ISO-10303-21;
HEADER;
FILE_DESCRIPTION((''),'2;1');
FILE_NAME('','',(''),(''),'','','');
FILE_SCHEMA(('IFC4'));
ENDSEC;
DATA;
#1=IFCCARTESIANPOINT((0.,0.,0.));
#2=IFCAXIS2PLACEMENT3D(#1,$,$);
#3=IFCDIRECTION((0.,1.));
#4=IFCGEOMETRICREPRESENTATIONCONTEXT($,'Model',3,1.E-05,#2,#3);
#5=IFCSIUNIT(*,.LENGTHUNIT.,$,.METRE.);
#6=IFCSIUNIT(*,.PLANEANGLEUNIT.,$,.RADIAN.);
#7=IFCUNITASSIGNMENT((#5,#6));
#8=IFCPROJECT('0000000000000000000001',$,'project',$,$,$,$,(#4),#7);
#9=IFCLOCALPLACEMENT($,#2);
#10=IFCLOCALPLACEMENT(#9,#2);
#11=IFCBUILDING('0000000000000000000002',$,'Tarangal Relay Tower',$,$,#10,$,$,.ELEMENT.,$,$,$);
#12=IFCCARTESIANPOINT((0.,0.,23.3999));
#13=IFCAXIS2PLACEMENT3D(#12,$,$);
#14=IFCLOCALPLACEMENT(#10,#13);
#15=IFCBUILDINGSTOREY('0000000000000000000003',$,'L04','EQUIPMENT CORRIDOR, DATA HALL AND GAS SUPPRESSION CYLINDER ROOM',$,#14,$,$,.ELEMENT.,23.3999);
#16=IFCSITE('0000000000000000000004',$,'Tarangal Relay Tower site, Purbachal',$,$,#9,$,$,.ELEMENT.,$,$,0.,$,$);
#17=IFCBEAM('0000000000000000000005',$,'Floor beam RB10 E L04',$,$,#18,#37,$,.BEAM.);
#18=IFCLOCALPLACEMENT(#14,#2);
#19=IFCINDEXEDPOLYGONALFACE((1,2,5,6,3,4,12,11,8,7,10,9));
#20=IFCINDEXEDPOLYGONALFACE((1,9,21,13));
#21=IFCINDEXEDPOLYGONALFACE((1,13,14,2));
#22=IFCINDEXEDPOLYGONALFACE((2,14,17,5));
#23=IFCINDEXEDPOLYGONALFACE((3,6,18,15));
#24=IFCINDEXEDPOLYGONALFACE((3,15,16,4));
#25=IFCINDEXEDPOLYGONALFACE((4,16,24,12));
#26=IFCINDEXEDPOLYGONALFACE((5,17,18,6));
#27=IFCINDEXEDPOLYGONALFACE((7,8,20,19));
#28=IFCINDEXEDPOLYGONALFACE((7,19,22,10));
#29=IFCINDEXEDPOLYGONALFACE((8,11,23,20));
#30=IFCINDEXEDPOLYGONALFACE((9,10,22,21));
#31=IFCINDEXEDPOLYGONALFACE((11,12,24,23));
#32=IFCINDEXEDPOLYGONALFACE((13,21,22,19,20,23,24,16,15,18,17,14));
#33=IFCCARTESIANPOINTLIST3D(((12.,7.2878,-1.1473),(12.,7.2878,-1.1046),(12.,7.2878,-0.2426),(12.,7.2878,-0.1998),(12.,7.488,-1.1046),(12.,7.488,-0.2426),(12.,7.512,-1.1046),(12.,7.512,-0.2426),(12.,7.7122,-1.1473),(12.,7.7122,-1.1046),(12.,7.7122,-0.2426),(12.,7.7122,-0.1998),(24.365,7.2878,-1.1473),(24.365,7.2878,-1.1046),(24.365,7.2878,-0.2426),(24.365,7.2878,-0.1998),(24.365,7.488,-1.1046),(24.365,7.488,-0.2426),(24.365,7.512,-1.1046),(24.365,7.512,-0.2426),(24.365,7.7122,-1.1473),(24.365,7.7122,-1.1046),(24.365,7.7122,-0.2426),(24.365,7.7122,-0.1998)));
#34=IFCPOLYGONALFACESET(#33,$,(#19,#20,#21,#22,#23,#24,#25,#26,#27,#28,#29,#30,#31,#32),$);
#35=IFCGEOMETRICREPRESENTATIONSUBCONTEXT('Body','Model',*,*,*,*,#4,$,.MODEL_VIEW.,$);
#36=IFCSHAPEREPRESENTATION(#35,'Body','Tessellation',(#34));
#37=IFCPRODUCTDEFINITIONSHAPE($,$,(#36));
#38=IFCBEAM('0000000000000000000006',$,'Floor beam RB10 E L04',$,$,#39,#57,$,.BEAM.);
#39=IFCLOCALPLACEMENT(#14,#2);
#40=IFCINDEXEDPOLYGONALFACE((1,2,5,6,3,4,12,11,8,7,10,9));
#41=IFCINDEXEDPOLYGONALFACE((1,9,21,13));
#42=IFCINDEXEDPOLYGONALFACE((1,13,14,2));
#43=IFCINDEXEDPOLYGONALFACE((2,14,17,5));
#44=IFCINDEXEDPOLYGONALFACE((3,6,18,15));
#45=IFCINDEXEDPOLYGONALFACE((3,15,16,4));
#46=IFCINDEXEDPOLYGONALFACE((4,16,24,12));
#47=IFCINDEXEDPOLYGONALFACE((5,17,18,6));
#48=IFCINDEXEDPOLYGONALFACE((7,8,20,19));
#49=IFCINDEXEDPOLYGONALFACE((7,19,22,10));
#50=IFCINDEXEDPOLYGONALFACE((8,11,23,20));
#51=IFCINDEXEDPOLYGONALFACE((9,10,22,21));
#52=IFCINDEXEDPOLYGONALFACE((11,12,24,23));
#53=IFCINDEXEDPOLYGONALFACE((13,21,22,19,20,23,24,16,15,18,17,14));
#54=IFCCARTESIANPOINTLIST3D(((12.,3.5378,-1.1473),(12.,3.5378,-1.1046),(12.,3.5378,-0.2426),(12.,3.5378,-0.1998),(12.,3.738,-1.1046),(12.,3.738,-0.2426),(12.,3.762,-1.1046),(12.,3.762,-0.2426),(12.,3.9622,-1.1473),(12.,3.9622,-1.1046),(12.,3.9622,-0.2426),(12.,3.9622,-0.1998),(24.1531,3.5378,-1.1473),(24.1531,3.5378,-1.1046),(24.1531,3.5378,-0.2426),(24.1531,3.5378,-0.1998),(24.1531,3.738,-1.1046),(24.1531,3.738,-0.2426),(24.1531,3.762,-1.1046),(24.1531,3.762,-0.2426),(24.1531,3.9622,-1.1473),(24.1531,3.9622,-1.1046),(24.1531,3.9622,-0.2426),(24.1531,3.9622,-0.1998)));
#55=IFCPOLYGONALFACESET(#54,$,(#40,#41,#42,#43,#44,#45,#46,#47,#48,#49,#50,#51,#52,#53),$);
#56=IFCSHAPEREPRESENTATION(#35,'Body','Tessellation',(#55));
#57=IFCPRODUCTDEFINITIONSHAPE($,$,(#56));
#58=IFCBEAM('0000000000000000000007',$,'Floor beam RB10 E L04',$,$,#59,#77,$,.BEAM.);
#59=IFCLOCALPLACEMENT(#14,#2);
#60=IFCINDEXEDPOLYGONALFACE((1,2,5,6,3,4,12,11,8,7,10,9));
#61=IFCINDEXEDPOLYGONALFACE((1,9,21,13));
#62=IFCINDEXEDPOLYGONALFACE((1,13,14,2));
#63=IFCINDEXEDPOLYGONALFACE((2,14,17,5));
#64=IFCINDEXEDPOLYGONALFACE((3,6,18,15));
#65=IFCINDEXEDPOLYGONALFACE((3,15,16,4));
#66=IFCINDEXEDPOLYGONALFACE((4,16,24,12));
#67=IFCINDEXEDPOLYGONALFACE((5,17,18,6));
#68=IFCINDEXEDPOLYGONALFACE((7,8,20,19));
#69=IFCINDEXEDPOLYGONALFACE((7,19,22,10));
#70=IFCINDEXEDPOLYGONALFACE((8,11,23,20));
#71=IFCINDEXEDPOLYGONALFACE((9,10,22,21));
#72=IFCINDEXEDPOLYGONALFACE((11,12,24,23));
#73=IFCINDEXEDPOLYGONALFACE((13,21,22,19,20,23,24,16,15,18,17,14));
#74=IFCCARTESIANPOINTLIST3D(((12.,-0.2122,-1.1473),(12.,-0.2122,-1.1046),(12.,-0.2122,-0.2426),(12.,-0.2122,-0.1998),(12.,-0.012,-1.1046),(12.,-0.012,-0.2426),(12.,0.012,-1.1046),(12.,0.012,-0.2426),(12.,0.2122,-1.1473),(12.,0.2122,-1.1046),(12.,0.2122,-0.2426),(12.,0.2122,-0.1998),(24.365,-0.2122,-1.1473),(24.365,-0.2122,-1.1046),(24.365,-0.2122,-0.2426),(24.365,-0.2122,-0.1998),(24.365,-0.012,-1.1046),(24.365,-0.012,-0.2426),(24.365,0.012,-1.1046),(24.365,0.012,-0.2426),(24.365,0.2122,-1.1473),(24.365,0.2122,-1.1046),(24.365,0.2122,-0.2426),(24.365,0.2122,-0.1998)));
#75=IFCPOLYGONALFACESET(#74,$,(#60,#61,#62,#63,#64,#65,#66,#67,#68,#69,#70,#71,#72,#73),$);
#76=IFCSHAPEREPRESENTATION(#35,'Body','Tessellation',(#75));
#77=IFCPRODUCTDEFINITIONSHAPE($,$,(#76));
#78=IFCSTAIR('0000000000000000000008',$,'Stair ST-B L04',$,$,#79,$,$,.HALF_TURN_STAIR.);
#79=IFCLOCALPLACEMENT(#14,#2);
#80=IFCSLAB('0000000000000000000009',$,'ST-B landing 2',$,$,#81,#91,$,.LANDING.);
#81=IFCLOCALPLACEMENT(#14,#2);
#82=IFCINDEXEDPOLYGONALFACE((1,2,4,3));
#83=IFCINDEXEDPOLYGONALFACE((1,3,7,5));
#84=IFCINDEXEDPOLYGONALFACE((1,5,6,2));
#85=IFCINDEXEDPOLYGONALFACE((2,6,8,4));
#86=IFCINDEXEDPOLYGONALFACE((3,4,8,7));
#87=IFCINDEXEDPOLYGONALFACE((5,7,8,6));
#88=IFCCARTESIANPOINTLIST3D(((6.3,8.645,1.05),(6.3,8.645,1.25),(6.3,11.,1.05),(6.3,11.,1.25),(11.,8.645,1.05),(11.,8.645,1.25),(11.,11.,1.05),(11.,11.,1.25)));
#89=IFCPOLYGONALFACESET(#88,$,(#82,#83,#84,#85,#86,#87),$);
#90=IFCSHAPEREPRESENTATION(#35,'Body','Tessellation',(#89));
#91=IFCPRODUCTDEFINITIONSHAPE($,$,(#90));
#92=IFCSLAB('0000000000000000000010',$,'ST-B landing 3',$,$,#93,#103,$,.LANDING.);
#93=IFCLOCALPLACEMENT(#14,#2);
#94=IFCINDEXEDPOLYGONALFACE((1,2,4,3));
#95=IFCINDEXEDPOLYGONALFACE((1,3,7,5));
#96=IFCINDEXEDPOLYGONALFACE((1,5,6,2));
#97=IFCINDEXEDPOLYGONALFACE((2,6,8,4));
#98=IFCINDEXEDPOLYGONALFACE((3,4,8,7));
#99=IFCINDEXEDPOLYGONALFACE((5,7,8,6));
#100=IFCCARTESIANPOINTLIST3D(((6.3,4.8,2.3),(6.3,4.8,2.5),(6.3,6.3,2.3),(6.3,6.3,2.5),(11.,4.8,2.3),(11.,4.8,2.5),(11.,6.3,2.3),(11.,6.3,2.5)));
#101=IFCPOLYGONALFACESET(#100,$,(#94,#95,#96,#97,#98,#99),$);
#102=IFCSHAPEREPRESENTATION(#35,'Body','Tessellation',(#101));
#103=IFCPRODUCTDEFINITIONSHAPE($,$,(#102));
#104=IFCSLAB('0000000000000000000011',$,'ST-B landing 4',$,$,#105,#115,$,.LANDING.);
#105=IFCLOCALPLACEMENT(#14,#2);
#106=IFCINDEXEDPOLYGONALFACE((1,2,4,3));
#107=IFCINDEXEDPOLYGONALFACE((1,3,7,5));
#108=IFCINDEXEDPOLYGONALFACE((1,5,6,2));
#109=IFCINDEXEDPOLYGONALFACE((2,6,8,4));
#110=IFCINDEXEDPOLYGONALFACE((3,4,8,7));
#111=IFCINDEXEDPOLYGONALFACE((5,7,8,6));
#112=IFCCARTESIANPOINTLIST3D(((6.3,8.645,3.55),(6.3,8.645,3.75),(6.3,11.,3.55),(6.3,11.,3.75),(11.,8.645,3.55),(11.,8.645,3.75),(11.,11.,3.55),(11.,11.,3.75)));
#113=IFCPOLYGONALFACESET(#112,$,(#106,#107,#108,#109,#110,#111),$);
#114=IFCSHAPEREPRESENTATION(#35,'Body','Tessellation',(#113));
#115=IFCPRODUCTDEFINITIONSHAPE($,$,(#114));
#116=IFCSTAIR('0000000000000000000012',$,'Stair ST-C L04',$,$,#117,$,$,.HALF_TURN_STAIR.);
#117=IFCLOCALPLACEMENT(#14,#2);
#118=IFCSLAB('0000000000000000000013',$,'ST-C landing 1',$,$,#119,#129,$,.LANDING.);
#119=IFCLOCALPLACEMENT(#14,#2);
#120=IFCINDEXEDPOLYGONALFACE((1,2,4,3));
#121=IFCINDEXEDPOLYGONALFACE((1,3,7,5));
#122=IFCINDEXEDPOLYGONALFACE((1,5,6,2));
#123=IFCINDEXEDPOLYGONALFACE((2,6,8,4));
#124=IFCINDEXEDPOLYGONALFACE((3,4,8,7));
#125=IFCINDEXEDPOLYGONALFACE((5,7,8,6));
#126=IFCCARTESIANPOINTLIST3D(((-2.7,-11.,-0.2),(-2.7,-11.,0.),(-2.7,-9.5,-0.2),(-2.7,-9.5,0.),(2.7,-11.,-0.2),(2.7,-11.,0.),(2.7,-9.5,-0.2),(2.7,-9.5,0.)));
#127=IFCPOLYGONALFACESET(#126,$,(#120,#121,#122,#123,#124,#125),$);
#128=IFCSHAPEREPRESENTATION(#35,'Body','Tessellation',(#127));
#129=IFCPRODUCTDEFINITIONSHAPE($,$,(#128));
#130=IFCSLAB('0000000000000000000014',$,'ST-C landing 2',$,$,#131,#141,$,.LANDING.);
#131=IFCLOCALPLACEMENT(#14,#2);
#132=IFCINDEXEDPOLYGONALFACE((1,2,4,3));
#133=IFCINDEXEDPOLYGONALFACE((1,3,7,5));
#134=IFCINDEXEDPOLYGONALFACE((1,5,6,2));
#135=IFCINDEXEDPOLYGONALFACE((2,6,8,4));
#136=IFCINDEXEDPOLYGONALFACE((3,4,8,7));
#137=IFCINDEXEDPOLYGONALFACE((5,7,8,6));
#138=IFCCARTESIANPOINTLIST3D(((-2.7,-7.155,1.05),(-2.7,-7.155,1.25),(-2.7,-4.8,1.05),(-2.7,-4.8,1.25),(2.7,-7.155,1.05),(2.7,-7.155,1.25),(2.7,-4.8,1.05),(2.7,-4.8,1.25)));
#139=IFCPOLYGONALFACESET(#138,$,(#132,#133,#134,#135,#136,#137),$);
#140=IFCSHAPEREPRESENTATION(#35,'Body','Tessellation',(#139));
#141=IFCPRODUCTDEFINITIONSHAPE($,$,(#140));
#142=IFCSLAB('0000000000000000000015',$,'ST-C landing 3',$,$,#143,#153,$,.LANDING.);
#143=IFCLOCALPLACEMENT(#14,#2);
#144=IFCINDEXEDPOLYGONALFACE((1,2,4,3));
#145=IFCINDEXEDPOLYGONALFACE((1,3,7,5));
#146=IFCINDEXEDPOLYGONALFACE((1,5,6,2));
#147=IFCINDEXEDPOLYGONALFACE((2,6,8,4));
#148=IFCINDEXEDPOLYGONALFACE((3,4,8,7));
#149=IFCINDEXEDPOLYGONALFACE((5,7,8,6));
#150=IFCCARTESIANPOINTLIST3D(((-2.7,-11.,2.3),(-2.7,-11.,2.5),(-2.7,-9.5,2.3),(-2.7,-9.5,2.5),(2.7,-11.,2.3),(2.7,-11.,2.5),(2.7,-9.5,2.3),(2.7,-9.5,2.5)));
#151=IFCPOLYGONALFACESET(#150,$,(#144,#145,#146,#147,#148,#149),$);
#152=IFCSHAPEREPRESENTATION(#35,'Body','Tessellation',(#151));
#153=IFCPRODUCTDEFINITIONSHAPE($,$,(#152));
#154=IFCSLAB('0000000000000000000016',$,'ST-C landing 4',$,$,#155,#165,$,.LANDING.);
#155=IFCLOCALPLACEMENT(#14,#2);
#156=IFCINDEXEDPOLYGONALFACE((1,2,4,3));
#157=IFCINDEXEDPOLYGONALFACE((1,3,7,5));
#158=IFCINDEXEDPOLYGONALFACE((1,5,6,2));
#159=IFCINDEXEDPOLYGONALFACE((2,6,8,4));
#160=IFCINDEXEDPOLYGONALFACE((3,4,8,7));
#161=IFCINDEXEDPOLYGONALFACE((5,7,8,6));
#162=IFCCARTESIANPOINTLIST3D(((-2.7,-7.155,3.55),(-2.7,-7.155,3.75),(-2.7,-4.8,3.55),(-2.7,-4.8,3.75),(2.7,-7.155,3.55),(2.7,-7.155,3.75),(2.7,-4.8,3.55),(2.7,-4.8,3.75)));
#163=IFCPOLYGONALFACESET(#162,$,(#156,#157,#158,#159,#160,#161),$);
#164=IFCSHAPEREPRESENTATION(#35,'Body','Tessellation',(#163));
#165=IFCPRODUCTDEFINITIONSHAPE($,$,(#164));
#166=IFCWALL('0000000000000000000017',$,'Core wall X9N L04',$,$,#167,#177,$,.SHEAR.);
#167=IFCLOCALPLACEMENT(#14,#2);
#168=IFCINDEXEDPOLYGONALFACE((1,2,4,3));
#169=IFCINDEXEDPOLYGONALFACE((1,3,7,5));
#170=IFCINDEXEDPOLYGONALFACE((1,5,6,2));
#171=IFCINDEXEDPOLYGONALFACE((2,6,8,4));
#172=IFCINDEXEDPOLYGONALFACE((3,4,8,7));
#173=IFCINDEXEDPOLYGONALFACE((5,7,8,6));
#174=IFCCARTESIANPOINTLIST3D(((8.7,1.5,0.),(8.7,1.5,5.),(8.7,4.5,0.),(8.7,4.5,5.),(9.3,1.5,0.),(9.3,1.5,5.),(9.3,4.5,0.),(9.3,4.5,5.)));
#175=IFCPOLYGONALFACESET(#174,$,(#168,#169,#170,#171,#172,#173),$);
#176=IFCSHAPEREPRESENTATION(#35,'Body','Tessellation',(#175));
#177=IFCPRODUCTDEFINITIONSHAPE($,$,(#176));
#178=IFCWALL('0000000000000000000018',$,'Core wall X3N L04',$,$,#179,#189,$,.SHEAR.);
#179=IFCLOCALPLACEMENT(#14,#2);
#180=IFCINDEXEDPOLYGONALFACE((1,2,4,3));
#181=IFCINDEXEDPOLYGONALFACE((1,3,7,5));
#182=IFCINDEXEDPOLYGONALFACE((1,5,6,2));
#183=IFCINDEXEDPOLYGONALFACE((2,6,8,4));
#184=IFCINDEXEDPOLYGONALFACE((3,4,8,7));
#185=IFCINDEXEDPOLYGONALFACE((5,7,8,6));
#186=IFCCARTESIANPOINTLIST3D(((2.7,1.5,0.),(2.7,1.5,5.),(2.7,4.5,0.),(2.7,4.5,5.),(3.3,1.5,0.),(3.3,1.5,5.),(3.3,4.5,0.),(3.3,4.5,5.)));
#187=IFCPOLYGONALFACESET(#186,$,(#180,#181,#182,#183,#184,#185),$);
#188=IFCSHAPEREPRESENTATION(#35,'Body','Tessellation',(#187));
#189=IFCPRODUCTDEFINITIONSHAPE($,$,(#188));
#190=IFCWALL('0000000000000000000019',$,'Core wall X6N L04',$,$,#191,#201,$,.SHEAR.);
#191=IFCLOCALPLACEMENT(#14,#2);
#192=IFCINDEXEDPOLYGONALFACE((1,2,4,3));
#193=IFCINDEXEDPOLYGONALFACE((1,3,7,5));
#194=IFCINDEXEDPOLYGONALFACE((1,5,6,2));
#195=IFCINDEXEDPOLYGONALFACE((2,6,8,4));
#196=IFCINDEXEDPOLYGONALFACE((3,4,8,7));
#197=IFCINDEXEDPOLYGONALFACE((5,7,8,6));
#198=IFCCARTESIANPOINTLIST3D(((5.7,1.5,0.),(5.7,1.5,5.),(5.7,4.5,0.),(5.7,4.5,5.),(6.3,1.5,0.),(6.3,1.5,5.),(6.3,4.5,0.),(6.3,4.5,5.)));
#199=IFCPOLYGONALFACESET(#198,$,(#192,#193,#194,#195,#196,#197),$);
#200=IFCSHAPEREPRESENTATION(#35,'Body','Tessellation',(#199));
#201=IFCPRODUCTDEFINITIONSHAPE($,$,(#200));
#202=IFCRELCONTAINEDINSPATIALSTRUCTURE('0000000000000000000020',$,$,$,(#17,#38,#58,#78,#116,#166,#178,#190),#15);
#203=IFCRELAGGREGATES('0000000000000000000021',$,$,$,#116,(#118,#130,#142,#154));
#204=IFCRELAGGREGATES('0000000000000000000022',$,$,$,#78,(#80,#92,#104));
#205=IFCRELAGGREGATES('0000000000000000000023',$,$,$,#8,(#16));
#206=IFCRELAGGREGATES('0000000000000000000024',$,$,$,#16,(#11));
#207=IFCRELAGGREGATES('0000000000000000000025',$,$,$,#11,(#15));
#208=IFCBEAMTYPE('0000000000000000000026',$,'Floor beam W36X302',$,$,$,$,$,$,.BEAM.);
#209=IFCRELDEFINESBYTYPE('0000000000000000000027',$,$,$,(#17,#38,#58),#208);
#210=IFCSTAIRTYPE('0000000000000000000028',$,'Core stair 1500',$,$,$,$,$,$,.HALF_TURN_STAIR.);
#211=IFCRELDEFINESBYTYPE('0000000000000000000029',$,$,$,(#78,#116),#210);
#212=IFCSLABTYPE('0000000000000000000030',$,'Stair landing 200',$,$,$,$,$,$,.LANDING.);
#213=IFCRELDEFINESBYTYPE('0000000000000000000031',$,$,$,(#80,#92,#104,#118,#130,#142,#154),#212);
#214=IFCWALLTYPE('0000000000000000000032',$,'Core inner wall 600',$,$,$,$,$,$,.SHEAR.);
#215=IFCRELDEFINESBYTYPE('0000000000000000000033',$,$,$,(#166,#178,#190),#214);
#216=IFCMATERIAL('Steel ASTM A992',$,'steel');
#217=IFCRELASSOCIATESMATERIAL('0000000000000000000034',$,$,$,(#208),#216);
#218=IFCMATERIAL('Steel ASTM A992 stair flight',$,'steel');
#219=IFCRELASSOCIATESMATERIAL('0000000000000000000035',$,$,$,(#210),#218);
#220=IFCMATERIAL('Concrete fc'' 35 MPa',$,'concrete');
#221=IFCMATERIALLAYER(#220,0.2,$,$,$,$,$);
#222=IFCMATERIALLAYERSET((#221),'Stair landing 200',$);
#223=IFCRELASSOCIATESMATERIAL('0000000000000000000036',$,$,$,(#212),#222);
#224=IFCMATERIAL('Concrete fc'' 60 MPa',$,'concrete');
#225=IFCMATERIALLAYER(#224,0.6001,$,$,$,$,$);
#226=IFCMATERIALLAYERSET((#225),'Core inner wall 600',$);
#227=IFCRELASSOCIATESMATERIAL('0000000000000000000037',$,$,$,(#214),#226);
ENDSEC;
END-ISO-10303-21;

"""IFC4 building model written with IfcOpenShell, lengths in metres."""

from ifc_helpers import new_model, si_unit, direction, frame, frame_2d, origin, origin_2d, place, context, subcontext, project, spatial, polyline, rectangle, i_section, outline, extrude, material, layer, layer_set, material_profile, profile_set, type_object, element, aggregate, save


model = new_model("IFC4")

# Units and contexts
model_context = context("Model", 3, precision=1e-05, world=origin(), true_north=direction((0.0, 1.0)))
body_context = subcontext(model_context, "Body", "Model", "MODEL_VIEW")
ifc_project = project(units=[si_unit("LENGTHUNIT", "METRE"), si_unit("PLANEANGLEUNIT", "RADIAN")], contexts=[model_context])

# Site, building, storey
site_placement = place(None, origin())
site = spatial("IfcSite", under=ifc_project, at=site_placement, Name="Tarangal Relay Tower site, Purbachal", CompositionType="ELEMENT", RefElevation=0.0)
building_placement = place(site_placement, origin())
building = spatial("IfcBuilding", under=site, at=building_placement, Name="Tarangal Relay Tower", CompositionType="ELEMENT")
storey_placement = place(building_placement, frame((0.0, 0.0, 23.3999)))
storey = spatial("IfcBuildingStorey", under=building, at=storey_placement, Name="L04", Description="EQUIPMENT CORRIDOR, DATA HALL AND GAS SUPPRESSION CYLINDER ROOM", CompositionType="ELEMENT", Elevation=23.3999)

# Beams
ifc_material_1 = material(Name="Steel ASTM A992", Category="steel")
ifc_material_profile = material_profile(ifc_material_1, i_section(OverallWidth=0.4243, OverallDepth=0.9475, WebThickness=0.0239, FlangeThickness=0.0427, at=origin_2d()), Name="W36X302")
ifc_profile_set = profile_set([ifc_material_profile], Name="Steel ASTM A992")
beam_type = type_object("IfcBeamType", Name="Floor beam W36X302", PredefinedType="BEAM", material=ifc_profile_set)
beam_1_placement = place(storey_placement, frame((12.0, 7.5, -0.6736), z_axis=(1.0, 0.0, 0.0), x_axis=(0.0, 1.0, 0.0)))
element("IfcBeam", 1, at=beam_1_placement, inside=storey, type_object=beam_type, Name="Floor beam RB10 E L04", PredefinedType="BEAM", context=body_context, shape_type="SweptSolid", body=[
    extrude(i_section(OverallWidth=0.4243, OverallDepth=0.9475, WebThickness=0.0239, FlangeThickness=0.0427, at=origin_2d()), origin(), (0.0, 0.0, 1.0), 12.365),
])
beam_2_placement = place(storey_placement, frame((12.0, 3.75, -0.6736), z_axis=(1.0, 0.0, 0.0), x_axis=(0.0, 1.0, 0.0)))
element("IfcBeam", 2, at=beam_2_placement, inside=storey, type_object=beam_type, Name="Floor beam RB10 E L04", PredefinedType="BEAM", context=body_context, shape_type="SweptSolid", body=[
    extrude(i_section(OverallWidth=0.4243, OverallDepth=0.9475, WebThickness=0.0239, FlangeThickness=0.0427, at=origin_2d()), origin(), (0.0, 0.0, 1.0), 12.1531),
])
beam_3_placement = place(storey_placement, frame((12.0, 0.0, -0.6736), z_axis=(1.0, 0.0, 0.0), x_axis=(0.0, 1.0, 0.0)))
element("IfcBeam", 3, at=beam_3_placement, inside=storey, type_object=beam_type, Name="Floor beam RB10 E L04", PredefinedType="BEAM", context=body_context, shape_type="SweptSolid", body=[
    extrude(i_section(OverallWidth=0.4243, OverallDepth=0.9475, WebThickness=0.0239, FlangeThickness=0.0427, at=origin_2d()), origin(), (0.0, 0.0, 1.0), 12.365),
])

# Stairs, slabs
ifc_material_2 = material(Name="Steel ASTM A992 stair flight", Category="steel")
stair_type = type_object("IfcStairType", Name="Core stair 1500", PredefinedType="HALF_TURN_STAIR", material=ifc_material_2)
stair_1_placement = place(storey_placement, origin())
stair_1 = element("IfcStair", 4, at=stair_1_placement, inside=storey, type_object=stair_type, Name="Stair ST-B L04", PredefinedType="HALF_TURN_STAIR")
ifc_material_3 = material(Name="Concrete fc' 35 MPa", Category="concrete")
ifc_layer_1 = layer(ifc_material_3, 0.2)
ifc_layer_set_1 = layer_set([ifc_layer_1], Name="Stair landing 200")
slab_type = type_object("IfcSlabType", Name="Stair landing 200", PredefinedType="LANDING", material=ifc_layer_set_1)
slab_1_placement = place(storey_placement, frame((0.0, 0.0, 1.05)))
slab_1 = element("IfcSlab", 5, at=slab_1_placement, type_object=slab_type, Name="ST-B landing 2", PredefinedType="LANDING", context=body_context, shape_type="SweptSolid", body=[
    extrude(outline(polyline([(6.3, 8.645), (11.0, 8.645), (11.0, 11.0), (6.3, 11.0), (6.3, 8.645)])), origin(), (0.0, 0.0, 1.0), 0.2),
])
slab_2_placement = place(storey_placement, frame((0.0, 0.0, 2.3)))
slab_2 = element("IfcSlab", 6, at=slab_2_placement, type_object=slab_type, Name="ST-B landing 3", PredefinedType="LANDING", context=body_context, shape_type="SweptSolid", body=[
    extrude(outline(polyline([(6.3, 4.8), (11.0, 4.8), (11.0, 6.3), (6.3, 6.3), (6.3, 4.8)])), origin(), (0.0, 0.0, 1.0), 0.2),
])
slab_3_placement = place(storey_placement, frame((0.0, 0.0, 3.55)))
slab_3 = element("IfcSlab", 7, at=slab_3_placement, type_object=slab_type, Name="ST-B landing 4", PredefinedType="LANDING", context=body_context, shape_type="SweptSolid", body=[
    extrude(outline(polyline([(6.3, 8.645), (11.0, 8.645), (11.0, 11.0), (6.3, 11.0), (6.3, 8.645)])), origin(), (0.0, 0.0, 1.0), 0.2),
])
stair_2_placement = place(storey_placement, origin())
stair_2 = element("IfcStair", 8, at=stair_2_placement, inside=storey, type_object=stair_type, Name="Stair ST-C L04", PredefinedType="HALF_TURN_STAIR")
slab_4_placement = place(storey_placement, frame((0.0, 0.0, -0.2)))
slab_4 = element("IfcSlab", 9, at=slab_4_placement, type_object=slab_type, Name="ST-C landing 1", PredefinedType="LANDING", context=body_context, shape_type="SweptSolid", body=[
    extrude(outline(polyline([(-2.7, -11.0), (2.7, -11.0), (2.7, -9.5), (-2.7, -9.5), (-2.7, -11.0)])), origin(), (0.0, 0.0, 1.0), 0.2),
])
slab_5_placement = place(storey_placement, frame((0.0, 0.0, 1.05)))
slab_5 = element("IfcSlab", 10, at=slab_5_placement, type_object=slab_type, Name="ST-C landing 2", PredefinedType="LANDING", context=body_context, shape_type="SweptSolid", body=[
    extrude(outline(polyline([(-2.7, -7.155), (2.7, -7.155), (2.7, -4.8), (-2.7, -4.8), (-2.7, -7.155)])), origin(), (0.0, 0.0, 1.0), 0.2),
])
slab_6_placement = place(storey_placement, frame((0.0, 0.0, 2.3)))
slab_6 = element("IfcSlab", 11, at=slab_6_placement, type_object=slab_type, Name="ST-C landing 3", PredefinedType="LANDING", context=body_context, shape_type="SweptSolid", body=[
    extrude(outline(polyline([(-2.7, -11.0), (2.7, -11.0), (2.7, -9.5), (-2.7, -9.5), (-2.7, -11.0)])), origin(), (0.0, 0.0, 1.0), 0.2),
])
slab_7_placement = place(storey_placement, frame((0.0, 0.0, 3.55)))
slab_7 = element("IfcSlab", 12, at=slab_7_placement, type_object=slab_type, Name="ST-C landing 4", PredefinedType="LANDING", context=body_context, shape_type="SweptSolid", body=[
    extrude(outline(polyline([(-2.7, -7.155), (2.7, -7.155), (2.7, -4.8), (-2.7, -4.8), (-2.7, -7.155)])), origin(), (0.0, 0.0, 1.0), 0.2),
])
aggregate(stair_2, [slab_4, slab_5, slab_6, slab_7])

# Walls
ifc_material_4 = material(Name="Concrete fc' 60 MPa", Category="concrete")
ifc_layer_2 = layer(ifc_material_4, 0.6001)
ifc_layer_set_2 = layer_set([ifc_layer_2], Name="Core inner wall 600")
wall_type = type_object("IfcWallType", Name="Core inner wall 600", PredefinedType="SHEAR", material=ifc_layer_set_2)
for number, where, z_axis, x_axis, name in (
    (13, (9.0, 1.5, 0.0), (0.0, 0.0, 1.0), (0.0, 1.0, 0.0), "Core wall X9N L04"),
    (14, (3.0, 1.5, 0.0), (0.0, 0.0, 1.0), (0.0, 1.0, 0.0), "Core wall X3N L04"),
    (15, (6.0, 1.5, 0.0), (0.0, 0.0, 1.0), (0.0, 1.0, 0.0), "Core wall X6N L04"),
):
    element("IfcWall", number, at=place(storey_placement, frame(where, z_axis=z_axis, x_axis=x_axis)), inside=storey, type_object=wall_type, Name=name, PredefinedType="SHEAR", context=body_context, shape_type="SweptSolid", body=[
        extrude(rectangle(XDim=3.0, YDim=0.6001, at=frame_2d((1.5, 0.0))), origin(), (0.0, 0.0, 1.0), 5.0),
    ])

aggregate(stair_1, [slab_1, slab_2, slab_3])

save(model, "model.ifc")
